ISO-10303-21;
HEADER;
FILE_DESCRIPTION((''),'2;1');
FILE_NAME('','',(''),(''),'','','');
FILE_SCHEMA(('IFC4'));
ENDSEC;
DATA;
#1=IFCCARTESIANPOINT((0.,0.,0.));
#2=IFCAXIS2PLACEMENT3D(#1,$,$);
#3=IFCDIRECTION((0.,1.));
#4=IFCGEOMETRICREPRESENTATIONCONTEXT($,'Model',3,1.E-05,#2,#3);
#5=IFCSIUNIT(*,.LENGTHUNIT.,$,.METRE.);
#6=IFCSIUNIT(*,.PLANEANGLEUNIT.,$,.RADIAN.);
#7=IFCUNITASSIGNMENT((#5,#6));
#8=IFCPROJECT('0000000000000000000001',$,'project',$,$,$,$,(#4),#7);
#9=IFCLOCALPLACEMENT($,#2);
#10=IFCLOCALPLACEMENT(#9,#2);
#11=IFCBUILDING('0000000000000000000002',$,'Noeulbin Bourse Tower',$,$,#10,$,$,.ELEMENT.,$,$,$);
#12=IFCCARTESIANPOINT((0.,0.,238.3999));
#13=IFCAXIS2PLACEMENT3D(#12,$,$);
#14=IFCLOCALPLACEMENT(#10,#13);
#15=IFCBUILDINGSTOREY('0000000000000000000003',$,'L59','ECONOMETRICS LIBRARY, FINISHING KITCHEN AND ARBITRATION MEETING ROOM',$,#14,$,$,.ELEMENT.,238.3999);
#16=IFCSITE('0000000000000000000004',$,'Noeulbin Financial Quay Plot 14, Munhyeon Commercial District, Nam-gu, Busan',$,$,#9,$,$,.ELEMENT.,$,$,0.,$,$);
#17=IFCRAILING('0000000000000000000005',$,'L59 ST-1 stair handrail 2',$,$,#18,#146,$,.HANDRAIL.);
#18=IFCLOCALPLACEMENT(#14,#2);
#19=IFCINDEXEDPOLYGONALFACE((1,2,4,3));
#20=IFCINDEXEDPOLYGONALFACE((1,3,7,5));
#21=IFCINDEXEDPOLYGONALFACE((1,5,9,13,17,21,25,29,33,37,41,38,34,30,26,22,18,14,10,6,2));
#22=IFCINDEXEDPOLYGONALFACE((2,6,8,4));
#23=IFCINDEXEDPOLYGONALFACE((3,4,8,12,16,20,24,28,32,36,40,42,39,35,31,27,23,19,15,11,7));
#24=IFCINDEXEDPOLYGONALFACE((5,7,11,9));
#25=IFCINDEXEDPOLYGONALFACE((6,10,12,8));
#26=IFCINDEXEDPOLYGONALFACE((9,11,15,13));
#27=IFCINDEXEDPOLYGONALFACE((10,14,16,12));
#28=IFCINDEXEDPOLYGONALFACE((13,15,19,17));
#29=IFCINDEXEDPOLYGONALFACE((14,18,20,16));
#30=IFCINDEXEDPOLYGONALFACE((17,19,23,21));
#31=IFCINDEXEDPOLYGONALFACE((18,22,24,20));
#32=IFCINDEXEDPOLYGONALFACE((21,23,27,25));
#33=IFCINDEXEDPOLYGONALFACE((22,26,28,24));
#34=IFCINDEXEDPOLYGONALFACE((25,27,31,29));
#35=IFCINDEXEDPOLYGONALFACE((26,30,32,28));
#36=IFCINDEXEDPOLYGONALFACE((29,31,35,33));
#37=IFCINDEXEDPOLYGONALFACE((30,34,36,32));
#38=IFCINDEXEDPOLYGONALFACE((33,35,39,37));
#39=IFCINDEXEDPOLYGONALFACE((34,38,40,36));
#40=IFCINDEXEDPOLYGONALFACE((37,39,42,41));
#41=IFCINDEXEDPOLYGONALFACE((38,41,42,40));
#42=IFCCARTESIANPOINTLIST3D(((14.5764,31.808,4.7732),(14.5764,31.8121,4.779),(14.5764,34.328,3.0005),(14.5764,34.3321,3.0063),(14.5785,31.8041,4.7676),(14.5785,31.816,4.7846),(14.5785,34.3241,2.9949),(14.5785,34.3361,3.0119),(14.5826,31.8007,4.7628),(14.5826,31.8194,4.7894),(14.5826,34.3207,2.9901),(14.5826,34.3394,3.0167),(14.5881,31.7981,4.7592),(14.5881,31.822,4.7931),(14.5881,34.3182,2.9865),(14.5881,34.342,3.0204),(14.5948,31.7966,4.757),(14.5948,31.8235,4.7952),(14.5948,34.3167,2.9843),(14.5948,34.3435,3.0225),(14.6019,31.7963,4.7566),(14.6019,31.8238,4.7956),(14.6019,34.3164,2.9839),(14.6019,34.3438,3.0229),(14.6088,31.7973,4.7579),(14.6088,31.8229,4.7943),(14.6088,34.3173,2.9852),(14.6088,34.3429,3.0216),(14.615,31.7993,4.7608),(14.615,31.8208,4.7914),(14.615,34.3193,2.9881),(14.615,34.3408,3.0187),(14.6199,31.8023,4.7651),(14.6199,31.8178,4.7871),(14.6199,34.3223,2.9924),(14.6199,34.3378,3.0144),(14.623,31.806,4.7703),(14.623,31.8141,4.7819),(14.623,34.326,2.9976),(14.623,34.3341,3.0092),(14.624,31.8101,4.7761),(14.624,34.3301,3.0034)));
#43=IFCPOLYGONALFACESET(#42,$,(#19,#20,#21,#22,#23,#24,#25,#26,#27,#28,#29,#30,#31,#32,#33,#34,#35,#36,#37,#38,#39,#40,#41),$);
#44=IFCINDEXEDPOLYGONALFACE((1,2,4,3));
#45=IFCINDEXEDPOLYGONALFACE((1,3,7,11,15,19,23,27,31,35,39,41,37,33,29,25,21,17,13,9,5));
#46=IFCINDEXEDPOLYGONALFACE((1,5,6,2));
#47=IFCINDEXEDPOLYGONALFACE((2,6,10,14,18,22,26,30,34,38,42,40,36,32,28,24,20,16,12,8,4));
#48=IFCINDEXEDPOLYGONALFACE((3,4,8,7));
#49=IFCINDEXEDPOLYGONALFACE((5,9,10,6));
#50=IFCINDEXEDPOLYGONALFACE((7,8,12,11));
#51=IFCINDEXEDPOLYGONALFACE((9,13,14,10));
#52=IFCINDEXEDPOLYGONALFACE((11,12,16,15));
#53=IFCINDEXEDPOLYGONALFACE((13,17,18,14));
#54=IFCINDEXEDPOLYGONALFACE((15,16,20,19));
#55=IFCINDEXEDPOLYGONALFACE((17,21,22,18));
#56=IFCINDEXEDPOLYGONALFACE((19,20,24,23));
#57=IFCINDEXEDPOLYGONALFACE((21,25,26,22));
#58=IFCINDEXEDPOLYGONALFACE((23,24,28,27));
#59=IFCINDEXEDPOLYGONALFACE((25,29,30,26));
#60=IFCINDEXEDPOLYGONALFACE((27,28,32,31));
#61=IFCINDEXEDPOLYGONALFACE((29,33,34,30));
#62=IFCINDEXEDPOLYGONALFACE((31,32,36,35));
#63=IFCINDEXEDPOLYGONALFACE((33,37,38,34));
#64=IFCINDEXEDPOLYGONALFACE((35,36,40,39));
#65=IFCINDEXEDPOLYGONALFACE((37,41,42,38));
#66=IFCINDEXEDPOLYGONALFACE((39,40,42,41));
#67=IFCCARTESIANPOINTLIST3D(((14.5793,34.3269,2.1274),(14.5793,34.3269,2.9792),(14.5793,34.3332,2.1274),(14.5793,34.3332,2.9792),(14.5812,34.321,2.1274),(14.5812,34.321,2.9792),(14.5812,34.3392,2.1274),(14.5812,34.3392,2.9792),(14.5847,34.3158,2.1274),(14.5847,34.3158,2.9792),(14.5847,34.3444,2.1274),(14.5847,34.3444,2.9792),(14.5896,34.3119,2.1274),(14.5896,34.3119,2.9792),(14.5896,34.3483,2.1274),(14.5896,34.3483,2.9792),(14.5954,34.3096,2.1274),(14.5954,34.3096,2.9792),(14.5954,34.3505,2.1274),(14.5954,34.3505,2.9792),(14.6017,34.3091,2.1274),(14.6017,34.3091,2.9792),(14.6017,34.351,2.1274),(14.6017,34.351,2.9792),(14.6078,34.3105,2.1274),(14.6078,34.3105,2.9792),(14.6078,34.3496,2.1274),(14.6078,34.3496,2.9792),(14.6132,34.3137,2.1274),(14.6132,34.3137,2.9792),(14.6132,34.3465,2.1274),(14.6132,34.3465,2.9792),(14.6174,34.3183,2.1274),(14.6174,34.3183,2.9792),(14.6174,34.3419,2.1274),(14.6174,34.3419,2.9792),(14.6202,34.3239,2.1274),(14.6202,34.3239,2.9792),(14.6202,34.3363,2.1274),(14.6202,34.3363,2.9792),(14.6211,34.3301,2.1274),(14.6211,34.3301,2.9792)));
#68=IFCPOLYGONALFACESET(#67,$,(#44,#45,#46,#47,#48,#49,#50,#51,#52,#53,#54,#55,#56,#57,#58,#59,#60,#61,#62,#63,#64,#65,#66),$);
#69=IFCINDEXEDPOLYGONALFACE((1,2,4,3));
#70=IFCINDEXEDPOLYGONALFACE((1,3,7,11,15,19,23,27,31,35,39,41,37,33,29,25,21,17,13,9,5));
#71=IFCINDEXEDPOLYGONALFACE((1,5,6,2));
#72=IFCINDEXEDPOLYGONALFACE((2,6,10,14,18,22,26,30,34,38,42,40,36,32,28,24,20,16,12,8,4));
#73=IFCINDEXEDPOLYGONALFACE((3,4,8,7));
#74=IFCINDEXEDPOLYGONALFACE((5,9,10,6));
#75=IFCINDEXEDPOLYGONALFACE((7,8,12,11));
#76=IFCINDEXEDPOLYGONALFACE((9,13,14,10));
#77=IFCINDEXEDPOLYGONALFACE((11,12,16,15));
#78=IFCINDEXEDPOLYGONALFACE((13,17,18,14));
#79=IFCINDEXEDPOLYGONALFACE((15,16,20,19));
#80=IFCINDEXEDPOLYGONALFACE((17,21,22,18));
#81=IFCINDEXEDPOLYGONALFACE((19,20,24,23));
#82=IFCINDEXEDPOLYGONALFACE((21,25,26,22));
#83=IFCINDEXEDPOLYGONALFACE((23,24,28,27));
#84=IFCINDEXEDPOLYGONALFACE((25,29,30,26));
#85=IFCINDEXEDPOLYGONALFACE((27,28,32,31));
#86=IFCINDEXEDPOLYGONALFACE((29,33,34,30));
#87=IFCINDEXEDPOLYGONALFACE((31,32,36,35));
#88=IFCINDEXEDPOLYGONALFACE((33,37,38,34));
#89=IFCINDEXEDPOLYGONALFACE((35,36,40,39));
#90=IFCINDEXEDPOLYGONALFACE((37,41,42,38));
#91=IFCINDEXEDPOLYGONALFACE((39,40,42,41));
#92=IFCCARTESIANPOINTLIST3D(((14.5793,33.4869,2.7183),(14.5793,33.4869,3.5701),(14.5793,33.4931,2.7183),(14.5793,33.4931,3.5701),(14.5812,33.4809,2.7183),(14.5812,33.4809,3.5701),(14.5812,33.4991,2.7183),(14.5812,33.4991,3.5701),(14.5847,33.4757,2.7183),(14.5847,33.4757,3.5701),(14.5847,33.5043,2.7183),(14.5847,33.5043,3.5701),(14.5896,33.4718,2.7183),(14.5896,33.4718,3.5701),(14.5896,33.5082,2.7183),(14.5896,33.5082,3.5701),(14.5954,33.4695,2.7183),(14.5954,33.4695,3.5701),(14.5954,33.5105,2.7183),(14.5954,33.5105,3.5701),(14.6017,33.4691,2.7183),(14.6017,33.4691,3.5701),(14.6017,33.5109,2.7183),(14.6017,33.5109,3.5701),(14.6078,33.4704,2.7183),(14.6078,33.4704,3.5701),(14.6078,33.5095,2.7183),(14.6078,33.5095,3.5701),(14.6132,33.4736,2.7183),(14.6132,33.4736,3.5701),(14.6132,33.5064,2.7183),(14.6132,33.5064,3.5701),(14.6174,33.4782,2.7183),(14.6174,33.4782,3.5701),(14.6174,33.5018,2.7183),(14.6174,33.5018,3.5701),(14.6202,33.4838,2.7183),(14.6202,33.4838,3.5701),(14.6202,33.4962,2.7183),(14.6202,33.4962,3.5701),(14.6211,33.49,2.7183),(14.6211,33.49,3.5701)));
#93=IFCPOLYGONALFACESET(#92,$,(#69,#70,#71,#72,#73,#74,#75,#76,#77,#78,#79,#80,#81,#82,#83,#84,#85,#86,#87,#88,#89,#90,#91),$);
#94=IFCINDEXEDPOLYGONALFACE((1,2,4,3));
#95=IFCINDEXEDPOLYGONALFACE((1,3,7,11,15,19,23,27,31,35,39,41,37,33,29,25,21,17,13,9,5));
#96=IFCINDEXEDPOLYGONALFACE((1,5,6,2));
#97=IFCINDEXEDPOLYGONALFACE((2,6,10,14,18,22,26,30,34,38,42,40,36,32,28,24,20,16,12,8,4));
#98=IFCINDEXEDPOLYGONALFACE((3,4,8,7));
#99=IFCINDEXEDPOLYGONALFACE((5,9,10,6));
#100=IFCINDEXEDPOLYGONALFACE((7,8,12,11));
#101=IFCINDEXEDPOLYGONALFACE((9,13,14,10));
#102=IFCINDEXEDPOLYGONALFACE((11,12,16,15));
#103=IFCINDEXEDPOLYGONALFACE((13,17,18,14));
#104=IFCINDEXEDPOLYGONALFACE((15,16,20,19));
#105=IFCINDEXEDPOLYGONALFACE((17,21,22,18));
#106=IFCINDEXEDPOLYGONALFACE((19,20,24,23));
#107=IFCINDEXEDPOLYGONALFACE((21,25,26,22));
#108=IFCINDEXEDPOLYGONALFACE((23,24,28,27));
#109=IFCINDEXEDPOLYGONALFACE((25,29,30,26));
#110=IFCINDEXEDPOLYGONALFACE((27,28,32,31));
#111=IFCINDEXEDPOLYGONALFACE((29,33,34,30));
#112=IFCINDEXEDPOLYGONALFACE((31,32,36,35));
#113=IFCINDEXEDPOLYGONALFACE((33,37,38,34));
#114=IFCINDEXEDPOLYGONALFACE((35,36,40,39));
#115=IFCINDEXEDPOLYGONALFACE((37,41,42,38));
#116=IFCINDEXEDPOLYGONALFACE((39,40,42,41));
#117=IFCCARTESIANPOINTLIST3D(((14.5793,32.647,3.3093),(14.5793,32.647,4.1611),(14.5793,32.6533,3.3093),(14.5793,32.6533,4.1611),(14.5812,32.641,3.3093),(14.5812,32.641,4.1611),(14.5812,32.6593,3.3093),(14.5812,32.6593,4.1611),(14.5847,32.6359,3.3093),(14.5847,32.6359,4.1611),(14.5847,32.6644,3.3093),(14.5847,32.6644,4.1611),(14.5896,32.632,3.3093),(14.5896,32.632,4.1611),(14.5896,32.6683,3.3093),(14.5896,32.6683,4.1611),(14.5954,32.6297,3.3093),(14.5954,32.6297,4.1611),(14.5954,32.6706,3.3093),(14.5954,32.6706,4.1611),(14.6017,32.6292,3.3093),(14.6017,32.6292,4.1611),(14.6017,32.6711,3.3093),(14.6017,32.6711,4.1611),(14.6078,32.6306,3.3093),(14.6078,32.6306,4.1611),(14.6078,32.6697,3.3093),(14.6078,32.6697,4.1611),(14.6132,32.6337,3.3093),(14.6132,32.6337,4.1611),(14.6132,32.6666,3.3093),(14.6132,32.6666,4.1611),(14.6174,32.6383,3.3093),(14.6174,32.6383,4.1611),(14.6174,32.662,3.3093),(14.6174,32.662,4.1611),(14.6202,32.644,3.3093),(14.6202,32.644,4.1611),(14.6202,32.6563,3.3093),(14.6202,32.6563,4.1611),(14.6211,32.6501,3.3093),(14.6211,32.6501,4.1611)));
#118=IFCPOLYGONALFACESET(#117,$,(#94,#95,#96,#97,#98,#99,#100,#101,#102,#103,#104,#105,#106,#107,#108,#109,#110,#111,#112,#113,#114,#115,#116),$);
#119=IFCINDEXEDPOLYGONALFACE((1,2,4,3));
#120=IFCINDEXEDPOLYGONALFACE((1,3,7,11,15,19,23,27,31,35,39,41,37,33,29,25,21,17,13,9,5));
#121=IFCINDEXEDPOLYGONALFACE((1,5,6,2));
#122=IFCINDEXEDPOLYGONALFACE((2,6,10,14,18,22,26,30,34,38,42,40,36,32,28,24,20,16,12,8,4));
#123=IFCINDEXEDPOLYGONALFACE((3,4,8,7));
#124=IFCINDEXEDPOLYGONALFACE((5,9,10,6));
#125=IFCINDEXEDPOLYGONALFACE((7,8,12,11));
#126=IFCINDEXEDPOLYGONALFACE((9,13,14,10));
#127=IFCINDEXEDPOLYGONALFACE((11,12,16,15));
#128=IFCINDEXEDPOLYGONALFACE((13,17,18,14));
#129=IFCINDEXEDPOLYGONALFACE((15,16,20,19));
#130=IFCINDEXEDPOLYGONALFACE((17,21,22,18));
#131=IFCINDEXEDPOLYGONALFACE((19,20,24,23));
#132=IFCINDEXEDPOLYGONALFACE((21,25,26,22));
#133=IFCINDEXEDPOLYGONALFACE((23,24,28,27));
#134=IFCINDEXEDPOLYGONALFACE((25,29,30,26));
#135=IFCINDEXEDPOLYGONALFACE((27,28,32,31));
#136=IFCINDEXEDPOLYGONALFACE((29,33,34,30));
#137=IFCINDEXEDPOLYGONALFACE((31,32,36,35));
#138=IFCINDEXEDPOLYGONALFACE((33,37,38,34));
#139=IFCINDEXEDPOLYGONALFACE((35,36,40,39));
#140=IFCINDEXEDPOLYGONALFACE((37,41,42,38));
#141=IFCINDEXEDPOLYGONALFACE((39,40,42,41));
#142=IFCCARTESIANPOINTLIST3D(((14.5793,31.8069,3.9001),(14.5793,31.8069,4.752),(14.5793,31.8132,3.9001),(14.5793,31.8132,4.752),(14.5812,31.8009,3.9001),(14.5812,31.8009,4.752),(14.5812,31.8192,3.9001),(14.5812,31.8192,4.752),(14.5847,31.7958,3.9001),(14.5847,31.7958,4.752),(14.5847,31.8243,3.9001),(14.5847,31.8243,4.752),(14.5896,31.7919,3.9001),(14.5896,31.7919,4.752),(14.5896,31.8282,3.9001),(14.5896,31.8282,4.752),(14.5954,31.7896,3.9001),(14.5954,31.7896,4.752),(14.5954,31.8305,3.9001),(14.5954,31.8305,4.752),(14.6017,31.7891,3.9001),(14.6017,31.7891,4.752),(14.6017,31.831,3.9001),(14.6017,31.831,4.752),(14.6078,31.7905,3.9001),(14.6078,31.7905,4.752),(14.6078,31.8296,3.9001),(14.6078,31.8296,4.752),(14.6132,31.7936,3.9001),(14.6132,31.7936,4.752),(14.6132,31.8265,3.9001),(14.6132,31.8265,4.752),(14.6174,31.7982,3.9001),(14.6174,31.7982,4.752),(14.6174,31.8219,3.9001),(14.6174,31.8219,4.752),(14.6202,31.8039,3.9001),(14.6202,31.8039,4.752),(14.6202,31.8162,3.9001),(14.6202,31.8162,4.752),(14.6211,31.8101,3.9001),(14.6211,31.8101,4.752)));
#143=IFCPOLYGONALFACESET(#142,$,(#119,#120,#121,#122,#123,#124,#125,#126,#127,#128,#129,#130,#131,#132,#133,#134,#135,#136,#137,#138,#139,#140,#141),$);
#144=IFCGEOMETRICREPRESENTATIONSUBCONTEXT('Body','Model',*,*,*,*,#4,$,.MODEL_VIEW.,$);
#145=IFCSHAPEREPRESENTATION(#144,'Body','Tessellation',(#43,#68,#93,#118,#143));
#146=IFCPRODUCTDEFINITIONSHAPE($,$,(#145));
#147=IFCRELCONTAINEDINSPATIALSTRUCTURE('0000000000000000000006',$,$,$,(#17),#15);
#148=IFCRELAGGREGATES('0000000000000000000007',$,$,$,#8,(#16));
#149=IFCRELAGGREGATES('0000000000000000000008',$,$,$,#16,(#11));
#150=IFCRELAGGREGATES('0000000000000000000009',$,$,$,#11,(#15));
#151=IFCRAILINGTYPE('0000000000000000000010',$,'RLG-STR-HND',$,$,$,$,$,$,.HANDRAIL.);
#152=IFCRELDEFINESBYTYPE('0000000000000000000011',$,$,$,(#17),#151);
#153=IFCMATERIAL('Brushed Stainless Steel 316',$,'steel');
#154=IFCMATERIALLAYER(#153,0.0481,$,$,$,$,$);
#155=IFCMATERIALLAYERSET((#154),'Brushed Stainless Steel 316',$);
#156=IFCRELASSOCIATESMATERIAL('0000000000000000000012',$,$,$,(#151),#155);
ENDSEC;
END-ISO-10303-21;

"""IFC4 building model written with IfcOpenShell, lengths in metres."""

from ifc_helpers import new_model, si_unit, direction, frame, origin, origin_2d, place, context, subcontext, project, spatial, circle, extrude, material, layer, layer_set, type_object, element, save


model = new_model("IFC4")

# Units and contexts
model_context = context("Model", 3, precision=1e-05, world=origin(), true_north=direction((0.0, 1.0)))
body_context = subcontext(model_context, "Body", "Model", "MODEL_VIEW")
ifc_project = project(units=[si_unit("LENGTHUNIT", "METRE"), si_unit("PLANEANGLEUNIT", "RADIAN")], contexts=[model_context])

# Site, building, storey
site_placement = place(None, origin())
site = spatial("IfcSite", under=ifc_project, at=site_placement, Name="Noeulbin Financial Quay Plot 14, Munhyeon Commercial District, Nam-gu, Busan", CompositionType="ELEMENT", RefElevation=0.0)
building_placement = place(site_placement, origin())
building = spatial("IfcBuilding", under=site, at=building_placement, Name="Noeulbin Bourse Tower", CompositionType="ELEMENT")
storey_placement = place(building_placement, frame((0.0, 0.0, 238.3999)))
storey = spatial("IfcBuildingStorey", under=building, at=storey_placement, Name="L59", Description="ECONOMETRICS LIBRARY, FINISHING KITCHEN AND ARBITRATION MEETING ROOM", CompositionType="ELEMENT", Elevation=238.3999)

# Railing
ifc_material_1 = material(Name="Brushed Stainless Steel 316", Category="steel")
ifc_layer_1 = layer(ifc_material_1, 0.0481)
ifc_layer_set_1 = layer_set([ifc_layer_1], Name="Brushed Stainless Steel 316")
railing_type_1 = type_object("IfcRailingType", Name="RLG-STR-HND", PredefinedType="HANDRAIL", material=ifc_layer_set_1)
railing_1_placement = place(storey_placement, frame((14.6001, 34.3301, 2.1274)))
element("IfcRailing", 1, at=railing_1_placement, inside=storey, type_object=railing_type_1, Name="L59 ST-1 stair handrail 2", PredefinedType="HANDRAIL", context=body_context, shape_type="SweptSolid", body=[
    extrude(circle(Radius=0.0239, at=origin_2d()), frame((0.0, 0.0, 0.876), z_axis=(0.0, -0.817904, 0.575354), x_axis=(1.0, 0.0, 0.0)), (0.0, 0.0, 1.0), 3.0811),
    extrude(circle(Radius=0.021, at=origin_2d()), origin(), (0.0, 0.0, 1.0), 0.8518),
    extrude(circle(Radius=0.021, at=origin_2d()), frame((0.0, -0.8401, 0.5908)), (0.0, 0.0, 1.0), 0.8518),
    extrude(circle(Radius=0.021, at=origin_2d()), frame((0.0, -1.6799, 1.1819)), (0.0, 0.0, 1.0), 0.8518),
    extrude(circle(Radius=0.021, at=origin_2d()), frame((0.0, -2.52, 1.7727)), (0.0, 0.0, 1.0), 0.8518),
])

save(model, "model.ifc")
